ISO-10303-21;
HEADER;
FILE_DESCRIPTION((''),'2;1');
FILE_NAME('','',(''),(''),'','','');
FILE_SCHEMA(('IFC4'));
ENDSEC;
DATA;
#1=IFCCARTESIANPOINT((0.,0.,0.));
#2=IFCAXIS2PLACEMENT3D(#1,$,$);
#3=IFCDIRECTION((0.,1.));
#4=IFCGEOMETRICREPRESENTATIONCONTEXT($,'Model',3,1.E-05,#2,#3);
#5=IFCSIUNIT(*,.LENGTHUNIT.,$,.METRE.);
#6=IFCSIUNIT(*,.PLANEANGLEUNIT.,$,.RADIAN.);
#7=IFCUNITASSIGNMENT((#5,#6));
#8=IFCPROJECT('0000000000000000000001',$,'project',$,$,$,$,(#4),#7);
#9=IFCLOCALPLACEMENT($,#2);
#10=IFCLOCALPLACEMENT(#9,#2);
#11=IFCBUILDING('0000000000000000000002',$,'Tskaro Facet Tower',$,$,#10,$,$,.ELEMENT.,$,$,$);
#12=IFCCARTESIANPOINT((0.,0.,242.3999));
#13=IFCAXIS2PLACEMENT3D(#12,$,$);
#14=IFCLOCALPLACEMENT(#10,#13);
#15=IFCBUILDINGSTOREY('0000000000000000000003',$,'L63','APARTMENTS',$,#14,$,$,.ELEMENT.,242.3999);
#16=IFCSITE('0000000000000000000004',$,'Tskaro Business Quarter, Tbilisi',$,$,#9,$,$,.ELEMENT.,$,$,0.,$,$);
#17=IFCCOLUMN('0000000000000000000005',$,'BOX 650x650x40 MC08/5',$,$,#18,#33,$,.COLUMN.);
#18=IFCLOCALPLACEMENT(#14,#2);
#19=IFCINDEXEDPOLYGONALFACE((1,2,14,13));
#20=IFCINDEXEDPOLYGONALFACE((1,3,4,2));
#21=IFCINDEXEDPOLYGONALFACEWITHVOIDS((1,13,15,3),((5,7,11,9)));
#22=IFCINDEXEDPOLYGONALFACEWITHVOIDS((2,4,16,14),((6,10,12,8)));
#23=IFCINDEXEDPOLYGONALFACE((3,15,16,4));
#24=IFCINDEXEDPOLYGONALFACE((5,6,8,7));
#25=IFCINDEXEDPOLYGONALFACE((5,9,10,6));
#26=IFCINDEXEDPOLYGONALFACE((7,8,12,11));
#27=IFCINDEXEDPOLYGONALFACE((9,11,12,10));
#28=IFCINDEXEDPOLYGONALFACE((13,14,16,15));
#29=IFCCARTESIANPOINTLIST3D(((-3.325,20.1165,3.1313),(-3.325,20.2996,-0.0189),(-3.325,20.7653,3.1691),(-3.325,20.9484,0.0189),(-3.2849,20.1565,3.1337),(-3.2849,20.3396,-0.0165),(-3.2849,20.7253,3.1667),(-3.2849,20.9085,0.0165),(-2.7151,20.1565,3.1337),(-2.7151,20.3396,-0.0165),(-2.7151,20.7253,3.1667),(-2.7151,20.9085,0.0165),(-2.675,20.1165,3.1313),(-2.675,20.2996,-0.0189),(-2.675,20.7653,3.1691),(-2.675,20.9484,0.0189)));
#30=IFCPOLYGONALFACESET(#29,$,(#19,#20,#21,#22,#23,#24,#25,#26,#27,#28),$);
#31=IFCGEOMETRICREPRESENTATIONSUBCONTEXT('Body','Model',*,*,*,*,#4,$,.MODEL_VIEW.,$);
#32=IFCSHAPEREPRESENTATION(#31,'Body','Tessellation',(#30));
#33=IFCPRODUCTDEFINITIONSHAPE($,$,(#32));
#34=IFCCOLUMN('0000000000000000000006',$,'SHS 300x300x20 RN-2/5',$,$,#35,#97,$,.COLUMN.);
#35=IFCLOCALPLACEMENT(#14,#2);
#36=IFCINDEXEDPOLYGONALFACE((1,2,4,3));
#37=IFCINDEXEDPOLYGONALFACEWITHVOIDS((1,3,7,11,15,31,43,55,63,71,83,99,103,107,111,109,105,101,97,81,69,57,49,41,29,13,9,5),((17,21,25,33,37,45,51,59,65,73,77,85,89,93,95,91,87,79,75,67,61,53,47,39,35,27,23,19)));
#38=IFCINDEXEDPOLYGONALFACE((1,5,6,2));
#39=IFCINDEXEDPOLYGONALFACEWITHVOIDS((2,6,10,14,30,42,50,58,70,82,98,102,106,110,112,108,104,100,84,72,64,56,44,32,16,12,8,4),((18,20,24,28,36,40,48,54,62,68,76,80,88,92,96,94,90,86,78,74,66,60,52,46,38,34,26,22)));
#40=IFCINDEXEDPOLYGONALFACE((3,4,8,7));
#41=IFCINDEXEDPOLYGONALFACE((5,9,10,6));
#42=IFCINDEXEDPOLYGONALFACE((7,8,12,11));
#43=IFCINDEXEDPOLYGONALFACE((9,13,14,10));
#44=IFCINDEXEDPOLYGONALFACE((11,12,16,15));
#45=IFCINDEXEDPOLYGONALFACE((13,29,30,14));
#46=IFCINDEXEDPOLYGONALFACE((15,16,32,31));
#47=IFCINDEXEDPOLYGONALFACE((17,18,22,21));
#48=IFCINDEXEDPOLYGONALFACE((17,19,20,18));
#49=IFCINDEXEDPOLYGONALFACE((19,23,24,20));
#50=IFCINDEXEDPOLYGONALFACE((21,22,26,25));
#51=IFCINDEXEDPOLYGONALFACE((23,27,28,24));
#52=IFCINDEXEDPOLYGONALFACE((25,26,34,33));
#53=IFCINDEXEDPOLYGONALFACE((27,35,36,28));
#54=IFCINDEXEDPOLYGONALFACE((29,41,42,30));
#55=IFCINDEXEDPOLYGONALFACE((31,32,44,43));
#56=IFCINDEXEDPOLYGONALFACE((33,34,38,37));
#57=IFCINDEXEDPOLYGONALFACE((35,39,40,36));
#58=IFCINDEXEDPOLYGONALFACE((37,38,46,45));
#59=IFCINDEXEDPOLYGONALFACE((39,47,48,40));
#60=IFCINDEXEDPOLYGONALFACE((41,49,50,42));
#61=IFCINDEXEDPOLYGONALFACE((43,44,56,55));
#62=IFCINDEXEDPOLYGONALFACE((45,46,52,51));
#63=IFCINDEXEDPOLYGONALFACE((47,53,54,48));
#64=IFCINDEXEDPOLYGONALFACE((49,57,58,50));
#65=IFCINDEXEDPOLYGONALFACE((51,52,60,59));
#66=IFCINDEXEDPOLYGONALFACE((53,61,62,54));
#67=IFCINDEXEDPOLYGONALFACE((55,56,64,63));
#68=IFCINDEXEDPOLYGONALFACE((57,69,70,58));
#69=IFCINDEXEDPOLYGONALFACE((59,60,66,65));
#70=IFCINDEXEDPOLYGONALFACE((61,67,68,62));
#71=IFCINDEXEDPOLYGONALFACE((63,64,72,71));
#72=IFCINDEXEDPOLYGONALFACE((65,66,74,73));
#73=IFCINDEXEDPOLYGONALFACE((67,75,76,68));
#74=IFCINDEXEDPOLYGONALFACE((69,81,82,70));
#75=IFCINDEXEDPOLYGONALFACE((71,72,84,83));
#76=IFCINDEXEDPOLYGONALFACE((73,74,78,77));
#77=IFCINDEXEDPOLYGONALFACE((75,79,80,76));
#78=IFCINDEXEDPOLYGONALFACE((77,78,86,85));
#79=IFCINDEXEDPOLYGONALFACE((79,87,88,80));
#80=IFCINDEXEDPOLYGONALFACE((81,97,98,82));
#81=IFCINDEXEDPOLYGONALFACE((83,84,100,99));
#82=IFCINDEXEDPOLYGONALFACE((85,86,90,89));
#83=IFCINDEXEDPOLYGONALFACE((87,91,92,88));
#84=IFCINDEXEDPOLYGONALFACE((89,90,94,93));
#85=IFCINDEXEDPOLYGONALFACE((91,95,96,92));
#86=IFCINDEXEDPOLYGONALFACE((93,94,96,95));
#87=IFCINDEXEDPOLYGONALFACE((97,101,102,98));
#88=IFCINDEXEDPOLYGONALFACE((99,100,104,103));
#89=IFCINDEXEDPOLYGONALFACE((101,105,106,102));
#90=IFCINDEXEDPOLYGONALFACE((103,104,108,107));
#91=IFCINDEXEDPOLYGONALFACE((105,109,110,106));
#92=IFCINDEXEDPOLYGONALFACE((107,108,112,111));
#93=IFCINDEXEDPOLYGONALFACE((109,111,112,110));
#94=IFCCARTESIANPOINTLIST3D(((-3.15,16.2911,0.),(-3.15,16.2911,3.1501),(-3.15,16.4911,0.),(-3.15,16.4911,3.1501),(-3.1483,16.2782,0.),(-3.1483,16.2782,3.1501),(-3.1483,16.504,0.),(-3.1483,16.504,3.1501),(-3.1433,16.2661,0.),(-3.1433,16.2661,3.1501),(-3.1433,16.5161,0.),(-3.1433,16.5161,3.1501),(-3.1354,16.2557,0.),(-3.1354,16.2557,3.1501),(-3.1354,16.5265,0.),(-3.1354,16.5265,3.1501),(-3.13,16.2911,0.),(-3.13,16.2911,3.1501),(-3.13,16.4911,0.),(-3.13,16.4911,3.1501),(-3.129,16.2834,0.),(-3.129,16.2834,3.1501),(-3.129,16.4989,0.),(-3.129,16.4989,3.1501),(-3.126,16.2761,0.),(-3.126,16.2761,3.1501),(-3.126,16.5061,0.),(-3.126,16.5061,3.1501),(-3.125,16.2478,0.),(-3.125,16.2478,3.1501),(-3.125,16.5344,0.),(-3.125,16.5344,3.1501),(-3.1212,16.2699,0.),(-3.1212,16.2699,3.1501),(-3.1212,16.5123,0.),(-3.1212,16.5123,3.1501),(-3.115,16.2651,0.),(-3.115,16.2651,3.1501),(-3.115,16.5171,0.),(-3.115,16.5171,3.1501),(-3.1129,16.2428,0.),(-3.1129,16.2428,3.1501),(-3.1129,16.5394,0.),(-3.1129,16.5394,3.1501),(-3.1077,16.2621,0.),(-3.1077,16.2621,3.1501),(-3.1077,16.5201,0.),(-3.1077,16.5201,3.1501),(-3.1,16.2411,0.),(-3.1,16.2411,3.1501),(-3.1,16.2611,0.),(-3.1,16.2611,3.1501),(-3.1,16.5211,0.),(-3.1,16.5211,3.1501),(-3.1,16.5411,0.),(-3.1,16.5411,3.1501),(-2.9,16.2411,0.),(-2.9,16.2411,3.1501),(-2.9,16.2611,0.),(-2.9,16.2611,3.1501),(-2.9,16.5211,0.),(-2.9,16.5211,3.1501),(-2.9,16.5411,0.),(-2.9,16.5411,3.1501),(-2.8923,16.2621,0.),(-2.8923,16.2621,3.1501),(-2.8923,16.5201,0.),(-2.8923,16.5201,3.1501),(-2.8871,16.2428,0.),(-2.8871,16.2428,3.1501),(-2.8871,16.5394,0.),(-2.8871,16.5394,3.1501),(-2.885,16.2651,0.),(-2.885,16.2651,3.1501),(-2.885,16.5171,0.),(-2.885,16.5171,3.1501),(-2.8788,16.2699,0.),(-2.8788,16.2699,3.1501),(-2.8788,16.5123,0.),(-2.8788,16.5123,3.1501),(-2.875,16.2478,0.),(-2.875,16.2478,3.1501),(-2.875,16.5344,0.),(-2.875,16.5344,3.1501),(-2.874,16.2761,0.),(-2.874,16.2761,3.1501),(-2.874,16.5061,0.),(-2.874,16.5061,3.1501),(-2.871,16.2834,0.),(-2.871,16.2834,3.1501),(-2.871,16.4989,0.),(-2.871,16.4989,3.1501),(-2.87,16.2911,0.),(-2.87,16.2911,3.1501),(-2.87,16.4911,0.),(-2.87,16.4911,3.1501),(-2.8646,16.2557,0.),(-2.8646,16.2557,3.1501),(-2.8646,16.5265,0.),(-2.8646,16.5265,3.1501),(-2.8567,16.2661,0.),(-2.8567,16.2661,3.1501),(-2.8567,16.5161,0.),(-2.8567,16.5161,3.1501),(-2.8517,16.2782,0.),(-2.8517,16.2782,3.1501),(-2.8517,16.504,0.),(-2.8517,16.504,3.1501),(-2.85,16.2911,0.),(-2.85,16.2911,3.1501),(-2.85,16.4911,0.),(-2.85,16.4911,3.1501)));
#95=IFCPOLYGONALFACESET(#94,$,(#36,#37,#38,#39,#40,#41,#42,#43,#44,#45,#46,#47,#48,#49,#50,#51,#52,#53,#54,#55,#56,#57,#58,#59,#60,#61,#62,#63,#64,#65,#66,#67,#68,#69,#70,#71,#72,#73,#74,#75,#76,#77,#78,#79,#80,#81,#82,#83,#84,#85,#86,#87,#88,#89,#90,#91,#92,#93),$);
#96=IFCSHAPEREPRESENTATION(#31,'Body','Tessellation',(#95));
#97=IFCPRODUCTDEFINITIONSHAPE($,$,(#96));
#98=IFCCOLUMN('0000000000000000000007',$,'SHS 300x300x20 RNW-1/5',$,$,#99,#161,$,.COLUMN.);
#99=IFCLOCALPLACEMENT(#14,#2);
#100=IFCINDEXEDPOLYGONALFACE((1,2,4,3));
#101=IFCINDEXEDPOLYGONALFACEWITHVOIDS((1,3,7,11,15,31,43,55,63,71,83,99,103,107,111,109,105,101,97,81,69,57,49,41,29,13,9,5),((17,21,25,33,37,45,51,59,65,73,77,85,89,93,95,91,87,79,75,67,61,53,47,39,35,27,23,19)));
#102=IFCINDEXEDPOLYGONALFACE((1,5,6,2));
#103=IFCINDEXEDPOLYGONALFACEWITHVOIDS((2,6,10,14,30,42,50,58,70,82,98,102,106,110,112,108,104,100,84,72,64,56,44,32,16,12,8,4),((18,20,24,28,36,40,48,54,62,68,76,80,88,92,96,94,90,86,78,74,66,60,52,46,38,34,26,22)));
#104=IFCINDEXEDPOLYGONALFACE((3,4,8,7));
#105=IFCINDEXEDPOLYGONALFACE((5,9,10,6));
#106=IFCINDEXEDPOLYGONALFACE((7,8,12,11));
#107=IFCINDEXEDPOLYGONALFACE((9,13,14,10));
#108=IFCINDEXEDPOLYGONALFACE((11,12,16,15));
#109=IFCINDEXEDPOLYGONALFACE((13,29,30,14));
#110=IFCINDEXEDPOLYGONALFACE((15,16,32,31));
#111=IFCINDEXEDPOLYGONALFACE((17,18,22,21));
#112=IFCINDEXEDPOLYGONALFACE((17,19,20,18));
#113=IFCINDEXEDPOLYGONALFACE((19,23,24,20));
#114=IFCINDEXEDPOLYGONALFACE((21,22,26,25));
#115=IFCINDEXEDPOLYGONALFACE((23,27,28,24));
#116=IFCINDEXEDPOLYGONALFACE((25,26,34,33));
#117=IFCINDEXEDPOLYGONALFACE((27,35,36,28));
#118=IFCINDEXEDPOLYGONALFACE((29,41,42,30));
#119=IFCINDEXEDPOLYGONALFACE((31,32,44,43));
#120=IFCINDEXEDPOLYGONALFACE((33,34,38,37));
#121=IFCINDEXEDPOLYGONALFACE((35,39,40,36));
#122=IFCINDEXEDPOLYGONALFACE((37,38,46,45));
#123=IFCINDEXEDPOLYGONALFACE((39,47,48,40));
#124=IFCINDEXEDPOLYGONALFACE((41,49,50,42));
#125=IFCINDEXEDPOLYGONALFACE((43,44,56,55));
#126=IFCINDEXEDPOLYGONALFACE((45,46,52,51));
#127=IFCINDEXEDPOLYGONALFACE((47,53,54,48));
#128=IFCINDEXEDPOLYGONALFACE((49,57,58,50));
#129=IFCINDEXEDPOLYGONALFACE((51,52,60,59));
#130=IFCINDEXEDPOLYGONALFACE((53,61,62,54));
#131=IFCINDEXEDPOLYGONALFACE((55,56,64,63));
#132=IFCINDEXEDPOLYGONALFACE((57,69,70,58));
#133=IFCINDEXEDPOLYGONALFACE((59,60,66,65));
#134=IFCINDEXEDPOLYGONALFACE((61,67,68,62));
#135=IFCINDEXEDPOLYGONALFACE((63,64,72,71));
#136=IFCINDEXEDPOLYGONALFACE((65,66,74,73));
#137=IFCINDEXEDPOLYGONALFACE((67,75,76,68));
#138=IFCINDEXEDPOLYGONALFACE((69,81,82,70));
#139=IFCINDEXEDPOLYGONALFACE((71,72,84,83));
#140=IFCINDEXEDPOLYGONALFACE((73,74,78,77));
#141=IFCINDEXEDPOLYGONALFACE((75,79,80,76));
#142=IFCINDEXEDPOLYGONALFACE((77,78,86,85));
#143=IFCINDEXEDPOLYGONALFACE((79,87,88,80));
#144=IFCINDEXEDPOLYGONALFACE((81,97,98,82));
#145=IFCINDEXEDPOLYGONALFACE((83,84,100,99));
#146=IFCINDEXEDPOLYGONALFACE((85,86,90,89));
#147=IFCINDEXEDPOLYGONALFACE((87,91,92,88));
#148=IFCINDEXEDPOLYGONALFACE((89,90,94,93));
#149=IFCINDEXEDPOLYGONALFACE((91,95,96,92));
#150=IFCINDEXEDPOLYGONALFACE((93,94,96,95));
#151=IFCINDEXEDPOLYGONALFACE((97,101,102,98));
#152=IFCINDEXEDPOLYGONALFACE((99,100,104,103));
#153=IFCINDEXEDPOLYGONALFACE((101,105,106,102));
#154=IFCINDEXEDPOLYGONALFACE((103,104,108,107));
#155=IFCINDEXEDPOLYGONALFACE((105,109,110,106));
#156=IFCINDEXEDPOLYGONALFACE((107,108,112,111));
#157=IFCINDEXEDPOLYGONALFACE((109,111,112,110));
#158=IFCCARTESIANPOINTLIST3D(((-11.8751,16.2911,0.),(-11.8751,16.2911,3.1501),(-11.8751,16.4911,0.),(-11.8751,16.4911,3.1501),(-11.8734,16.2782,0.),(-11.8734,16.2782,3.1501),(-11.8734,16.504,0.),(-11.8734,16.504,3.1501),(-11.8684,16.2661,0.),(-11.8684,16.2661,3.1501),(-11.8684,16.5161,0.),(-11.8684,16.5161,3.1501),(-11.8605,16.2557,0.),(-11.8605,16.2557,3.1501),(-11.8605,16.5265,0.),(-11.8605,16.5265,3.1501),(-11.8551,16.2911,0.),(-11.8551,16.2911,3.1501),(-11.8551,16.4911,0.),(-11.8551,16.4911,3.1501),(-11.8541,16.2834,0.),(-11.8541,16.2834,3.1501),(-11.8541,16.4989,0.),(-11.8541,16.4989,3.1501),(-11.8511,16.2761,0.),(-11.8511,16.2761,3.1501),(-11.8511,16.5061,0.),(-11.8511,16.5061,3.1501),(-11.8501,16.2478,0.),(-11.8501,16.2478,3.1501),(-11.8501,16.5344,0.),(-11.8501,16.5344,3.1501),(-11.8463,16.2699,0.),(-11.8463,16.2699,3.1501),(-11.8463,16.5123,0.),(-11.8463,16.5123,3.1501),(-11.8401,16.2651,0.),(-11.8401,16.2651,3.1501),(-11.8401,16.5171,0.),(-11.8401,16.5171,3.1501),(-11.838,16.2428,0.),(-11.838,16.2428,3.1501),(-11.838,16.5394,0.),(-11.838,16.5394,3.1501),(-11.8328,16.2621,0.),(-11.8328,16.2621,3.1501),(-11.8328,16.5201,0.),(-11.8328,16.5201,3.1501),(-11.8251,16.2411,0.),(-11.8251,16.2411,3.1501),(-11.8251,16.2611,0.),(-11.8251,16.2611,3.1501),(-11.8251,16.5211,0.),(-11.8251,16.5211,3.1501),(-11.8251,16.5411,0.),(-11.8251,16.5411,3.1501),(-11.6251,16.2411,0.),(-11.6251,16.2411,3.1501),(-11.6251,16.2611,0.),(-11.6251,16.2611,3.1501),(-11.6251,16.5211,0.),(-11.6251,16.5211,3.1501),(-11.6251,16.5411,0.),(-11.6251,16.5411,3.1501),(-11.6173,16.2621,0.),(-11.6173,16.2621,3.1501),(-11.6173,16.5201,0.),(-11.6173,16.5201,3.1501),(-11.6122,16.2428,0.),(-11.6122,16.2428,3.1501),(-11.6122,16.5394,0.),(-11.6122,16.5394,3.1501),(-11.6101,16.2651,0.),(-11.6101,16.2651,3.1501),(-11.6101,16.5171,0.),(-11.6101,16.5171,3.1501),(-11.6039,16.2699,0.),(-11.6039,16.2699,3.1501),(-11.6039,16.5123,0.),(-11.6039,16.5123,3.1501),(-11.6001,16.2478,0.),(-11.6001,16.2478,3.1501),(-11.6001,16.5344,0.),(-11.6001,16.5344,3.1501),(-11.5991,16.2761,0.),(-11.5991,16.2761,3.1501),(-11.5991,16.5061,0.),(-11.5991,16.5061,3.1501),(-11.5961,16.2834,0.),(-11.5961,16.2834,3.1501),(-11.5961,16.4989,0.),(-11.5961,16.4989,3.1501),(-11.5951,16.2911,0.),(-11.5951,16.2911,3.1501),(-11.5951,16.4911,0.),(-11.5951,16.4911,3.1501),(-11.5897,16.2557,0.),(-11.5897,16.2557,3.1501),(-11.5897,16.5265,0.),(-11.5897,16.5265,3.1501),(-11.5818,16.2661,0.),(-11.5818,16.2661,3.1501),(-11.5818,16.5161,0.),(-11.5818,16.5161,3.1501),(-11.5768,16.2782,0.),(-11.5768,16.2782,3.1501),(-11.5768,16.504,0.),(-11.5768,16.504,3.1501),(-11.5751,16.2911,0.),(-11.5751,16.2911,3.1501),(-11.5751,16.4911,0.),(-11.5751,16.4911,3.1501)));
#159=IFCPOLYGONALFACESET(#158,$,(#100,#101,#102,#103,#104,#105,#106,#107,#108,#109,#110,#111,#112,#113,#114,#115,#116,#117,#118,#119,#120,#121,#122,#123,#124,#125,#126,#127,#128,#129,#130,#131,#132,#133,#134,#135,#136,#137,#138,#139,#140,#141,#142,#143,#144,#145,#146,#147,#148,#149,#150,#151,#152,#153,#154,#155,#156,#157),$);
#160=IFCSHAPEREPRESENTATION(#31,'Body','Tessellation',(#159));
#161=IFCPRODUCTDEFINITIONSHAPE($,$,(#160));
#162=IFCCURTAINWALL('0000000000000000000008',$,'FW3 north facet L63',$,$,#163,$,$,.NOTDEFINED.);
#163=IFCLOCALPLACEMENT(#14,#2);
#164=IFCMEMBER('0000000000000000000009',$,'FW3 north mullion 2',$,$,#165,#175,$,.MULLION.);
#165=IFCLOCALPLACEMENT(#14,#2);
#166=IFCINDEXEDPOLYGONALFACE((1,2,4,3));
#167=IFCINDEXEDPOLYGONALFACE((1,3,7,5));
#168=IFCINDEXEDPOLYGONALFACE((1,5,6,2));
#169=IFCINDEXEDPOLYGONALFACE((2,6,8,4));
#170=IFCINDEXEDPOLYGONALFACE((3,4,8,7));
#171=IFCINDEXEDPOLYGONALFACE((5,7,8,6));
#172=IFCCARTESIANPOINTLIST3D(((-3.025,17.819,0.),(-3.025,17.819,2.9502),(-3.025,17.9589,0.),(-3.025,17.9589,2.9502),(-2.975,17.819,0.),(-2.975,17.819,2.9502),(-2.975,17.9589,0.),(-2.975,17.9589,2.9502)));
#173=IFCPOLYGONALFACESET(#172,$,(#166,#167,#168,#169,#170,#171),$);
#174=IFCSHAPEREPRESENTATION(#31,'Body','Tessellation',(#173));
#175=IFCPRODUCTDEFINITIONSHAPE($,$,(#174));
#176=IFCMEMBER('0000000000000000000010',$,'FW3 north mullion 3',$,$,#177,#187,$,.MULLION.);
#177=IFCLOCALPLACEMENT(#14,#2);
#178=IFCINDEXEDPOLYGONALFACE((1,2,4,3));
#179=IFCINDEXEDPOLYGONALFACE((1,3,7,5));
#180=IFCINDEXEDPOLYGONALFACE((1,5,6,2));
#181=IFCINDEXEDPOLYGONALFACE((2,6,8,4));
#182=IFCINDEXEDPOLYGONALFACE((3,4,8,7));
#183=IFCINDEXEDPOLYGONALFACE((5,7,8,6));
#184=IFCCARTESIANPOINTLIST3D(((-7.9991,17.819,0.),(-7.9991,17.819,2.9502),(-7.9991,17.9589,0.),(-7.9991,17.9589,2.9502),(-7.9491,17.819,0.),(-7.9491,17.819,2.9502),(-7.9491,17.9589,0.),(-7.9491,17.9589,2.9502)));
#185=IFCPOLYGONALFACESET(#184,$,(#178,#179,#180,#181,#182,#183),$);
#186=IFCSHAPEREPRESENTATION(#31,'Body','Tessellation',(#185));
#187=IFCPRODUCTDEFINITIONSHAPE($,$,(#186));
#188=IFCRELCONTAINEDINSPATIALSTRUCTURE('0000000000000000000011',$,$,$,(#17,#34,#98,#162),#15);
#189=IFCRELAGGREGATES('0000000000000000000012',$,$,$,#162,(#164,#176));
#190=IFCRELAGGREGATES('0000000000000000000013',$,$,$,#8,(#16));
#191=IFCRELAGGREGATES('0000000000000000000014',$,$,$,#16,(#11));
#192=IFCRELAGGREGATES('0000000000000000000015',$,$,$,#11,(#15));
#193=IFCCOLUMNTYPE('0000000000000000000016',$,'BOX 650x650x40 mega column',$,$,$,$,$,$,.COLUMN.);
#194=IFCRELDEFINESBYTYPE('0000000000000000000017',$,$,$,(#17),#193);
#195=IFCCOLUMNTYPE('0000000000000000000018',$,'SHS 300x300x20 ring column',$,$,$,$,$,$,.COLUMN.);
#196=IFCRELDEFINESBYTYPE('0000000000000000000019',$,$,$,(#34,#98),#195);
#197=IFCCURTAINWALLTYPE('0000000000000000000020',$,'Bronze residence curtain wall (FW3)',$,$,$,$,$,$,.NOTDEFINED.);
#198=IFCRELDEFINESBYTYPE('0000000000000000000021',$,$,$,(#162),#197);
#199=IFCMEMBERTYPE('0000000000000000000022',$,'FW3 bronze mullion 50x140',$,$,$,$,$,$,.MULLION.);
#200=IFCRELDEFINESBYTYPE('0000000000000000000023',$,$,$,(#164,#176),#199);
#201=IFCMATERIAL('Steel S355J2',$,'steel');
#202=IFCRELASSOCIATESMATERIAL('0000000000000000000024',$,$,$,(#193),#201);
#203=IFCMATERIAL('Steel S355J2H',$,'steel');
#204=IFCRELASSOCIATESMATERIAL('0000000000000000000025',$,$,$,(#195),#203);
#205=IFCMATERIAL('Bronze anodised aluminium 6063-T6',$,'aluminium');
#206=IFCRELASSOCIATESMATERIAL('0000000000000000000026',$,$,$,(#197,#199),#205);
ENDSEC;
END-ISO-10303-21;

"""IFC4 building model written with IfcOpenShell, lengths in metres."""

from ifc_helpers import new_model, si_unit, direction, frame, origin, origin_2d, place, context, subcontext, project, spatial, rectangle, hollow_rectangle, extrude, material, material_profile, profile_set, type_object, element, aggregate, save


model = new_model("IFC4")

# Units and contexts
model_context = context("Model", 3, precision=1e-05, world=origin(), true_north=direction((0.0, 1.0)))
body_context = subcontext(model_context, "Body", "Model", "MODEL_VIEW")
ifc_project = project(units=[si_unit("LENGTHUNIT", "METRE"), si_unit("PLANEANGLEUNIT", "RADIAN")], contexts=[model_context])

# Site, building, storey
site_placement = place(None, origin())
site = spatial("IfcSite", under=ifc_project, at=site_placement, Name="Tskaro Business Quarter, Tbilisi", CompositionType="ELEMENT", RefElevation=0.0)
building_placement = place(site_placement, origin())
building = spatial("IfcBuilding", under=site, at=building_placement, Name="Tskaro Facet Tower", CompositionType="ELEMENT")
storey_placement = place(building_placement, frame((0.0, 0.0, 242.3999)))
storey = spatial("IfcBuildingStorey", under=building, at=storey_placement, Name="L63", Description="APARTMENTS", CompositionType="ELEMENT", Elevation=242.3999)

# Columns
ifc_material_1 = material(Name="Steel S355J2", Category="steel")
ifc_material_profile_1 = material_profile(ifc_material_1, hollow_rectangle(XDim=0.6499, YDim=0.6499, WallThickness=0.04, at=origin_2d()), Name="BOX 650x650x40")
ifc_profile_set_1 = profile_set([ifc_material_profile_1], Name="Steel S355J2")
column_type_1 = type_object("IfcColumnType", Name="BOX 650x650x40 mega column", PredefinedType="COLUMN", material=ifc_profile_set_1)
column_placement = place(storey_placement, frame((-3.0, 20.624, 0.0), z_axis=(0.0, -0.058028, 0.998315), x_axis=(1.0, 0.0, 0.0)))
element("IfcColumn", 1, at=column_placement, inside=storey, type_object=column_type_1, Name="BOX 650x650x40 MC08/5", PredefinedType="COLUMN", context=body_context, shape_type="SweptSolid", body=[
    extrude(hollow_rectangle(XDim=0.6499, YDim=0.6499, WallThickness=0.04, at=origin_2d()), origin(), (0.0, 0.0, 1.0), 3.1555),
])
ifc_material_2 = material(Name="Steel S355J2H", Category="steel")
ifc_material_profile_2 = material_profile(ifc_material_2, hollow_rectangle(XDim=0.3, YDim=0.3, WallThickness=0.02, InnerFilletRadius=0.03, OuterFilletRadius=0.05, at=origin_2d()), Name="SHS 300x300x20")
ifc_profile_set_2 = profile_set([ifc_material_profile_2], Name="Steel S355J2H")
column_type_2 = type_object("IfcColumnType", Name="SHS 300x300x20 ring column", PredefinedType="COLUMN", material=ifc_profile_set_2)
for number, where, z_axis, x_axis, name in (
    (2, (-3.0, 16.3911, 0.0), (0.0, 0.0, 1.0), (1.0, 0.0, 0.0), "SHS 300x300x20 RN-2/5"),
    (3, (-11.7251, 16.3911, 0.0), (0.0, 0.0, 1.0), (1.0, 0.0, 0.0), "SHS 300x300x20 RNW-1/5"),
):
    element("IfcColumn", number, at=place(storey_placement, frame(where, z_axis=z_axis, x_axis=x_axis)), inside=storey, type_object=column_type_2, Name=name, PredefinedType="COLUMN", context=body_context, shape_type="SweptSolid", body=[
        extrude(hollow_rectangle(XDim=0.3, YDim=0.3, WallThickness=0.02, InnerFilletRadius=0.03, OuterFilletRadius=0.05, at=origin_2d()), origin(), (0.0, 0.0, 1.0), 3.1501),
    ])

# Curtain wall, members
ifc_material_3 = material(Name="Bronze anodised aluminium 6063-T6", Category="aluminium")
curtain_wall_type = type_object("IfcCurtainWallType", Name="Bronze residence curtain wall (FW3)", PredefinedType="NOTDEFINED", material=ifc_material_3)
curtain_wall_placement = place(storey_placement, origin())
curtain_wall = element("IfcCurtainWall", 4, at=curtain_wall_placement, inside=storey, type_object=curtain_wall_type, Name="FW3 north facet L63", PredefinedType="NOTDEFINED")
ifc_material_profile_3 = material_profile(ifc_material_3, rectangle(XDim=0.05, YDim=0.1399, at=origin_2d()), Name="Mullion 50x140")
ifc_profile_set_3 = profile_set([ifc_material_profile_3], Name="Bronze anodised aluminium 6063-T6")
member_type_1 = type_object("IfcMemberType", Name="FW3 bronze mullion 50x140", PredefinedType="MULLION", material=ifc_profile_set_3)
member_1_placement = place(storey_placement, frame((-3.0, 17.8889, 0.0), z_axis=(0.0, 0.0, 1.0), x_axis=(-1.0, 0.0, 0.0)))
member_1 = element("IfcMember", 5, at=member_1_placement, type_object=member_type_1, Name="FW3 north mullion 2", PredefinedType="MULLION", context=body_context, shape_type="SweptSolid", body=[
    extrude(rectangle(XDim=0.05, YDim=0.1399, at=origin_2d()), origin(), (0.0, 0.0, 1.0), 2.9502),
])
member_2_placement = place(storey_placement, frame((-7.9741, 17.8889, 0.0), z_axis=(0.0, 0.0, 1.0), x_axis=(-1.0, 0.0, 0.0)))
member_2 = element("IfcMember", 6, at=member_2_placement, type_object=member_type_1, Name="FW3 north mullion 3", PredefinedType="MULLION", context=body_context, shape_type="SweptSolid", body=[
    extrude(rectangle(XDim=0.05, YDim=0.1399, at=origin_2d()), origin(), (0.0, 0.0, 1.0), 2.9502),
])

aggregate(curtain_wall, [member_1, member_2])

save(model, "model.ifc")
